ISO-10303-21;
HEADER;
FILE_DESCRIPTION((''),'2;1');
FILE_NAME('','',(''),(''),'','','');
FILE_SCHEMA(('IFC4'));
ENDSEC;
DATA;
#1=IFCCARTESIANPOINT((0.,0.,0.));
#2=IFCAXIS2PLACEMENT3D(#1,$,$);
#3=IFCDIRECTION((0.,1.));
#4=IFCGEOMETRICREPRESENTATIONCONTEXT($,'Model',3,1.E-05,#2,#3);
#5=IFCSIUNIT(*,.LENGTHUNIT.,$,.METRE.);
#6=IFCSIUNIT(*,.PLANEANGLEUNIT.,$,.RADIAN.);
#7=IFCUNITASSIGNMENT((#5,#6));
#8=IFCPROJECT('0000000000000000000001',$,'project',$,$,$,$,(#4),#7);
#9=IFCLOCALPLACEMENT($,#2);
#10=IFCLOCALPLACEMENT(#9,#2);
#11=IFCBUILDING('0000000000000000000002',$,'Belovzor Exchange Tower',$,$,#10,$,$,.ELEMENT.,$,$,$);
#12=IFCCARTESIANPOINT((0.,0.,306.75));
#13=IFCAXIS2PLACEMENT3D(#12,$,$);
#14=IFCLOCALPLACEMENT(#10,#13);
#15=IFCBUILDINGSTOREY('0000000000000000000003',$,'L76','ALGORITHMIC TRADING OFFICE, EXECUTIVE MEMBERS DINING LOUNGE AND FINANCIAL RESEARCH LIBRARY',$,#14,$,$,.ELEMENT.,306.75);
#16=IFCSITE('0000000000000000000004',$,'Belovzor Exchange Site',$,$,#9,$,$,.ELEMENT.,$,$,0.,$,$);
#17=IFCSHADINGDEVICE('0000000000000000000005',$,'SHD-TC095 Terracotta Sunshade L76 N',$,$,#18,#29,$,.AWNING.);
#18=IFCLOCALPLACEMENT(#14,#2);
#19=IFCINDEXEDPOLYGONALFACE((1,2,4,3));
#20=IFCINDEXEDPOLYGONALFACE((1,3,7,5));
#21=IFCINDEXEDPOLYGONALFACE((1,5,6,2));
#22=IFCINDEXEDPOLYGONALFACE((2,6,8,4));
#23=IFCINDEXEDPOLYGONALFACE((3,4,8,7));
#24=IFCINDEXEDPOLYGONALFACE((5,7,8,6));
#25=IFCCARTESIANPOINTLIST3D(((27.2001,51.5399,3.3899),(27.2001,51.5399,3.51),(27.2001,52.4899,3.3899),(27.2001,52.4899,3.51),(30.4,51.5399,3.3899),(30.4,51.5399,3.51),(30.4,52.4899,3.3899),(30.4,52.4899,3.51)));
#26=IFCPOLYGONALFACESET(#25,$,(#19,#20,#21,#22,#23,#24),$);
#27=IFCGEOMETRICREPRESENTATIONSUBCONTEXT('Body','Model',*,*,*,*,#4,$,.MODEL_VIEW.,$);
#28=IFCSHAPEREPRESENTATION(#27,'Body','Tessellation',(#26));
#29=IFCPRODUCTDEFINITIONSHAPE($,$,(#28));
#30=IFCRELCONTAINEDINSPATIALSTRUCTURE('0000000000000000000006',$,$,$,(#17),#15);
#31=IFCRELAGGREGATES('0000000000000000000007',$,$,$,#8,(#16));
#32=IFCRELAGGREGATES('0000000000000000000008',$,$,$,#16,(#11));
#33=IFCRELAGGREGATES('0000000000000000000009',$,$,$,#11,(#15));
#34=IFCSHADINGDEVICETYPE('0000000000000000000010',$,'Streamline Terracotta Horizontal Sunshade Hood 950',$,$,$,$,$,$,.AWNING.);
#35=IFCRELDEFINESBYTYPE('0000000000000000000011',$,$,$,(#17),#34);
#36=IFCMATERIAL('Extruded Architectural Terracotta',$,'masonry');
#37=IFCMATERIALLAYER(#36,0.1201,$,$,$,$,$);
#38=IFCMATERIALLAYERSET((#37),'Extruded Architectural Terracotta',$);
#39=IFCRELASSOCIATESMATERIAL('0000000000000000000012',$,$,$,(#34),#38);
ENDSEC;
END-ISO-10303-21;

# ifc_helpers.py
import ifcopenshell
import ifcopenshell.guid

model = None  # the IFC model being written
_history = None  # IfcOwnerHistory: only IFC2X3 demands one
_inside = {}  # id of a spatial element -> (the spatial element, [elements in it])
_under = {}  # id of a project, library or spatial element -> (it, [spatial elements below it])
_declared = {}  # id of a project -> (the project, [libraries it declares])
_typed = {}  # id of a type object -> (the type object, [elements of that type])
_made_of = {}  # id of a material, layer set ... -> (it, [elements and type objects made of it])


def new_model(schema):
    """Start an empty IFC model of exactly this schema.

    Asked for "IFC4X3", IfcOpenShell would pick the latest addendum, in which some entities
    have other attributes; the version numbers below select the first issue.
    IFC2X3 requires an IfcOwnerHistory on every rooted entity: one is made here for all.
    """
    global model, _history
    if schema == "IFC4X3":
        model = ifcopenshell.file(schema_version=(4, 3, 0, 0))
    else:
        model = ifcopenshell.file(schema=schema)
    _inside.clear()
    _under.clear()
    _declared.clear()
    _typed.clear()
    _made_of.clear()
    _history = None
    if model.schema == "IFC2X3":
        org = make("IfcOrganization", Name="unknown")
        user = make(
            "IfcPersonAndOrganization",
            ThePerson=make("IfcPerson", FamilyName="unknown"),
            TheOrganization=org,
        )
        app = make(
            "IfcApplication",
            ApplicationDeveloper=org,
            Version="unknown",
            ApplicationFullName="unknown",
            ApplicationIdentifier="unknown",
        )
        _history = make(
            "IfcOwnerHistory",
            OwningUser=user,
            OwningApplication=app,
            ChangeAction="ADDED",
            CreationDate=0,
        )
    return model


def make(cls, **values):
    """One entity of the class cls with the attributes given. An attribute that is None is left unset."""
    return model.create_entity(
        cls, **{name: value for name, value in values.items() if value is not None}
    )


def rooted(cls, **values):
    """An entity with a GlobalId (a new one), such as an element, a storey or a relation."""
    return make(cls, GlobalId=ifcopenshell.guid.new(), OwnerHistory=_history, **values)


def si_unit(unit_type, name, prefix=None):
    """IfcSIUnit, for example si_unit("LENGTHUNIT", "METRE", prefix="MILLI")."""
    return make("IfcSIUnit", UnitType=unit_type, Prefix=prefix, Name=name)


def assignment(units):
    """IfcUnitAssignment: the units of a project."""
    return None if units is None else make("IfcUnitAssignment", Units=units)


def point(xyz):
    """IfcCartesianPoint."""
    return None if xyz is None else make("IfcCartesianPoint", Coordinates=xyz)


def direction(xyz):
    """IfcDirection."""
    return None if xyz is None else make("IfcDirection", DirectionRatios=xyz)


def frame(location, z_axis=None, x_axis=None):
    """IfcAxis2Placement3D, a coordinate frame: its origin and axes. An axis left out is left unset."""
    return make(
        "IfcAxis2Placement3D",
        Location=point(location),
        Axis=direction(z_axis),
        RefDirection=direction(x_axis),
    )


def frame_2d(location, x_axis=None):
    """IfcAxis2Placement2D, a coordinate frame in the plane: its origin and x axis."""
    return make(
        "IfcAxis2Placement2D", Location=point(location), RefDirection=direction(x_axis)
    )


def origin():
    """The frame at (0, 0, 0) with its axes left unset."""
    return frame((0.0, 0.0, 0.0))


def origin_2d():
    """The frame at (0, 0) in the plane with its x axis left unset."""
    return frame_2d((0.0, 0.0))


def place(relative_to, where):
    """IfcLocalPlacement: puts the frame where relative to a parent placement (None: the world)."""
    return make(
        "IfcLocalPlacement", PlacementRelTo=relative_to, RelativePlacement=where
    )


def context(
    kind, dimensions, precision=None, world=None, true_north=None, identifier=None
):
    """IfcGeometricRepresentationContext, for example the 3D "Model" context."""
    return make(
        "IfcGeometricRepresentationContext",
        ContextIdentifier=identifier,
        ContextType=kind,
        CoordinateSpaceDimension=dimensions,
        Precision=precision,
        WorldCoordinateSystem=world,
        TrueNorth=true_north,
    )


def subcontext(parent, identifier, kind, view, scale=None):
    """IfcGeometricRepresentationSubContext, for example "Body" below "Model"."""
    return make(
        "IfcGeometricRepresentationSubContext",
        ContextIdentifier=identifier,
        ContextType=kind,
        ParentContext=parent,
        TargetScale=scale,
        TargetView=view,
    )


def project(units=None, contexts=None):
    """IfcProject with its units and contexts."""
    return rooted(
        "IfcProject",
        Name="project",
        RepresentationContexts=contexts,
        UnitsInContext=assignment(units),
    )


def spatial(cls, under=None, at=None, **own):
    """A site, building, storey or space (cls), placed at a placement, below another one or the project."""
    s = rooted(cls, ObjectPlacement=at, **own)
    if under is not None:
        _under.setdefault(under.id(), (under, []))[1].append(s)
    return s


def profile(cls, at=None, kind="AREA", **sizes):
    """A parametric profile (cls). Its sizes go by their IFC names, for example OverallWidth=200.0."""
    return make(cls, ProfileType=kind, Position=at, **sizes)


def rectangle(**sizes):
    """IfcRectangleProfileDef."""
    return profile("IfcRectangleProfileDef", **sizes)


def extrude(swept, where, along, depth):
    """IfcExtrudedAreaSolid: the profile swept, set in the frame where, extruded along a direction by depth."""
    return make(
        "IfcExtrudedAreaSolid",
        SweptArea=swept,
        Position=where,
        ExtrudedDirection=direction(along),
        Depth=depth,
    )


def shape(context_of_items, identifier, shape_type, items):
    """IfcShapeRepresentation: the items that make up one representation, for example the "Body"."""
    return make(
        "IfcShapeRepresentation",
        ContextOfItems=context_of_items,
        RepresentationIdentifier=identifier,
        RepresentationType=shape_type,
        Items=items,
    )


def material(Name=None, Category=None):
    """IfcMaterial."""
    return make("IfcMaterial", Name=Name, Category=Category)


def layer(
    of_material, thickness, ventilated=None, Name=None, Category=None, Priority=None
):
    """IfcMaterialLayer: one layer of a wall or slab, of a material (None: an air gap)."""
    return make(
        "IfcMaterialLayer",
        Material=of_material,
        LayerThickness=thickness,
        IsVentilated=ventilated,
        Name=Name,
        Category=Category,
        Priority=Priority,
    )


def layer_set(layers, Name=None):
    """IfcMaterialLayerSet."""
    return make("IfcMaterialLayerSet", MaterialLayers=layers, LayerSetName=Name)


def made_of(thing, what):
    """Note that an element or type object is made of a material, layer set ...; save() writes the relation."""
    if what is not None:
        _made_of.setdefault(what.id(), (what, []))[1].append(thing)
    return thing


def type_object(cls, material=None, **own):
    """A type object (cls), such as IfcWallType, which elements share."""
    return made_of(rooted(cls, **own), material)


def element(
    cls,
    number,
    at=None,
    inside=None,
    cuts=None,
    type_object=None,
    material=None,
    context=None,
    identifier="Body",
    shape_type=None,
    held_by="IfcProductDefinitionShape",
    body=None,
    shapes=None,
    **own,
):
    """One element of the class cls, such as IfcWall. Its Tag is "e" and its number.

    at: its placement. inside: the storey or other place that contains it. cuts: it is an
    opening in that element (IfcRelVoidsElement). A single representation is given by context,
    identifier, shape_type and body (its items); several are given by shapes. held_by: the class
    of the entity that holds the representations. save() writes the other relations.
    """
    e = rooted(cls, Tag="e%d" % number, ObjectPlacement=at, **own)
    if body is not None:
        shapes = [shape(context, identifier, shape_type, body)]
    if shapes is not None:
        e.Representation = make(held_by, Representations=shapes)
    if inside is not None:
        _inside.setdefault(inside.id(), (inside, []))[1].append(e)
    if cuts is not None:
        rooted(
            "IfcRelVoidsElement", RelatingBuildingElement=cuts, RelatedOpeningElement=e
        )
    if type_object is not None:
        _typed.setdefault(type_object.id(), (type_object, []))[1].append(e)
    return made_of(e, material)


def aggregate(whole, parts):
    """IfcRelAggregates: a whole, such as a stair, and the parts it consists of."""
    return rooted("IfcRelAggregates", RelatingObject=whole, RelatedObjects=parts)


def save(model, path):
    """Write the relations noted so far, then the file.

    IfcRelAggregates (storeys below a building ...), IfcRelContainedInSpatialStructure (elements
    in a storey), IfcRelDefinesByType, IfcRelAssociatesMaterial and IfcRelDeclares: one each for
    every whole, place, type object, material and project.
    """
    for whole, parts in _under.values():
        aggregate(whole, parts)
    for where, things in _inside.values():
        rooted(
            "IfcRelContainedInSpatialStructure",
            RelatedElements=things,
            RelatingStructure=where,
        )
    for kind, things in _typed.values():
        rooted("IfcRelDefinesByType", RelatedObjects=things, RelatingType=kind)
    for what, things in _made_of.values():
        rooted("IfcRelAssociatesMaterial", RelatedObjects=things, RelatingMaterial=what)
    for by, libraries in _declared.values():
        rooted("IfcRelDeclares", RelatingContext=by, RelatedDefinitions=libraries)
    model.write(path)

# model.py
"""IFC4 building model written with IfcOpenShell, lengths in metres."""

from ifc_helpers import new_model, si_unit, direction, frame, origin, origin_2d, place, context, subcontext, project, spatial, rectangle, extrude, material, layer, layer_set, type_object, element, save


model = new_model("IFC4")

# Units and contexts
model_context = context("Model", 3, precision=1e-05, world=origin(), true_north=direction((0.0, 1.0)))
body_context = subcontext(model_context, "Body", "Model", "MODEL_VIEW")
ifc_project = project(units=[si_unit("LENGTHUNIT", "METRE"), si_unit("PLANEANGLEUNIT", "RADIAN")], contexts=[model_context])

# Site, building, storey
site_placement = place(None, origin())
site = spatial("IfcSite", under=ifc_project, at=site_placement, Name="Belovzor Exchange Site", CompositionType="ELEMENT", RefElevation=0.0)
building_placement = place(site_placement, origin())
building = spatial("IfcBuilding", under=site, at=building_placement, Name="Belovzor Exchange Tower", CompositionType="ELEMENT")
storey_placement = place(building_placement, frame((0.0, 0.0, 306.75)))
storey = spatial("IfcBuildingStorey", under=building, at=storey_placement, Name="L76", Description="ALGORITHMIC TRADING OFFICE, EXECUTIVE MEMBERS DINING LOUNGE AND FINANCIAL RESEARCH LIBRARY", CompositionType="ELEMENT", Elevation=306.75)

# Shading device
ifc_material_1 = material(Name="Extruded Architectural Terracotta", Category="masonry")
ifc_layer_1 = layer(ifc_material_1, 0.1201)
ifc_layer_set_1 = layer_set([ifc_layer_1], Name="Extruded Architectural Terracotta")
shading_device_type = type_object("IfcShadingDeviceType", Name="Streamline Terracotta Horizontal Sunshade Hood 950", PredefinedType="AWNING", material=ifc_layer_set_1)
shading_device_placement = place(storey_placement, frame((28.8, 52.0149, 3.3899), z_axis=(0.0, 0.0, 1.0), x_axis=(1.0, 0.0, 0.0)))
element("IfcShadingDevice", 1, at=shading_device_placement, inside=storey, type_object=shading_device_type, Name="SHD-TC095 Terracotta Sunshade L76 N", PredefinedType="AWNING", context=body_context, shape_type="SweptSolid", body=[
    extrude(rectangle(XDim=3.2, YDim=0.95, at=origin_2d()), origin(), (0.0, 0.0, 1.0), 0.1201),
])

save(model, "model.ifc")
